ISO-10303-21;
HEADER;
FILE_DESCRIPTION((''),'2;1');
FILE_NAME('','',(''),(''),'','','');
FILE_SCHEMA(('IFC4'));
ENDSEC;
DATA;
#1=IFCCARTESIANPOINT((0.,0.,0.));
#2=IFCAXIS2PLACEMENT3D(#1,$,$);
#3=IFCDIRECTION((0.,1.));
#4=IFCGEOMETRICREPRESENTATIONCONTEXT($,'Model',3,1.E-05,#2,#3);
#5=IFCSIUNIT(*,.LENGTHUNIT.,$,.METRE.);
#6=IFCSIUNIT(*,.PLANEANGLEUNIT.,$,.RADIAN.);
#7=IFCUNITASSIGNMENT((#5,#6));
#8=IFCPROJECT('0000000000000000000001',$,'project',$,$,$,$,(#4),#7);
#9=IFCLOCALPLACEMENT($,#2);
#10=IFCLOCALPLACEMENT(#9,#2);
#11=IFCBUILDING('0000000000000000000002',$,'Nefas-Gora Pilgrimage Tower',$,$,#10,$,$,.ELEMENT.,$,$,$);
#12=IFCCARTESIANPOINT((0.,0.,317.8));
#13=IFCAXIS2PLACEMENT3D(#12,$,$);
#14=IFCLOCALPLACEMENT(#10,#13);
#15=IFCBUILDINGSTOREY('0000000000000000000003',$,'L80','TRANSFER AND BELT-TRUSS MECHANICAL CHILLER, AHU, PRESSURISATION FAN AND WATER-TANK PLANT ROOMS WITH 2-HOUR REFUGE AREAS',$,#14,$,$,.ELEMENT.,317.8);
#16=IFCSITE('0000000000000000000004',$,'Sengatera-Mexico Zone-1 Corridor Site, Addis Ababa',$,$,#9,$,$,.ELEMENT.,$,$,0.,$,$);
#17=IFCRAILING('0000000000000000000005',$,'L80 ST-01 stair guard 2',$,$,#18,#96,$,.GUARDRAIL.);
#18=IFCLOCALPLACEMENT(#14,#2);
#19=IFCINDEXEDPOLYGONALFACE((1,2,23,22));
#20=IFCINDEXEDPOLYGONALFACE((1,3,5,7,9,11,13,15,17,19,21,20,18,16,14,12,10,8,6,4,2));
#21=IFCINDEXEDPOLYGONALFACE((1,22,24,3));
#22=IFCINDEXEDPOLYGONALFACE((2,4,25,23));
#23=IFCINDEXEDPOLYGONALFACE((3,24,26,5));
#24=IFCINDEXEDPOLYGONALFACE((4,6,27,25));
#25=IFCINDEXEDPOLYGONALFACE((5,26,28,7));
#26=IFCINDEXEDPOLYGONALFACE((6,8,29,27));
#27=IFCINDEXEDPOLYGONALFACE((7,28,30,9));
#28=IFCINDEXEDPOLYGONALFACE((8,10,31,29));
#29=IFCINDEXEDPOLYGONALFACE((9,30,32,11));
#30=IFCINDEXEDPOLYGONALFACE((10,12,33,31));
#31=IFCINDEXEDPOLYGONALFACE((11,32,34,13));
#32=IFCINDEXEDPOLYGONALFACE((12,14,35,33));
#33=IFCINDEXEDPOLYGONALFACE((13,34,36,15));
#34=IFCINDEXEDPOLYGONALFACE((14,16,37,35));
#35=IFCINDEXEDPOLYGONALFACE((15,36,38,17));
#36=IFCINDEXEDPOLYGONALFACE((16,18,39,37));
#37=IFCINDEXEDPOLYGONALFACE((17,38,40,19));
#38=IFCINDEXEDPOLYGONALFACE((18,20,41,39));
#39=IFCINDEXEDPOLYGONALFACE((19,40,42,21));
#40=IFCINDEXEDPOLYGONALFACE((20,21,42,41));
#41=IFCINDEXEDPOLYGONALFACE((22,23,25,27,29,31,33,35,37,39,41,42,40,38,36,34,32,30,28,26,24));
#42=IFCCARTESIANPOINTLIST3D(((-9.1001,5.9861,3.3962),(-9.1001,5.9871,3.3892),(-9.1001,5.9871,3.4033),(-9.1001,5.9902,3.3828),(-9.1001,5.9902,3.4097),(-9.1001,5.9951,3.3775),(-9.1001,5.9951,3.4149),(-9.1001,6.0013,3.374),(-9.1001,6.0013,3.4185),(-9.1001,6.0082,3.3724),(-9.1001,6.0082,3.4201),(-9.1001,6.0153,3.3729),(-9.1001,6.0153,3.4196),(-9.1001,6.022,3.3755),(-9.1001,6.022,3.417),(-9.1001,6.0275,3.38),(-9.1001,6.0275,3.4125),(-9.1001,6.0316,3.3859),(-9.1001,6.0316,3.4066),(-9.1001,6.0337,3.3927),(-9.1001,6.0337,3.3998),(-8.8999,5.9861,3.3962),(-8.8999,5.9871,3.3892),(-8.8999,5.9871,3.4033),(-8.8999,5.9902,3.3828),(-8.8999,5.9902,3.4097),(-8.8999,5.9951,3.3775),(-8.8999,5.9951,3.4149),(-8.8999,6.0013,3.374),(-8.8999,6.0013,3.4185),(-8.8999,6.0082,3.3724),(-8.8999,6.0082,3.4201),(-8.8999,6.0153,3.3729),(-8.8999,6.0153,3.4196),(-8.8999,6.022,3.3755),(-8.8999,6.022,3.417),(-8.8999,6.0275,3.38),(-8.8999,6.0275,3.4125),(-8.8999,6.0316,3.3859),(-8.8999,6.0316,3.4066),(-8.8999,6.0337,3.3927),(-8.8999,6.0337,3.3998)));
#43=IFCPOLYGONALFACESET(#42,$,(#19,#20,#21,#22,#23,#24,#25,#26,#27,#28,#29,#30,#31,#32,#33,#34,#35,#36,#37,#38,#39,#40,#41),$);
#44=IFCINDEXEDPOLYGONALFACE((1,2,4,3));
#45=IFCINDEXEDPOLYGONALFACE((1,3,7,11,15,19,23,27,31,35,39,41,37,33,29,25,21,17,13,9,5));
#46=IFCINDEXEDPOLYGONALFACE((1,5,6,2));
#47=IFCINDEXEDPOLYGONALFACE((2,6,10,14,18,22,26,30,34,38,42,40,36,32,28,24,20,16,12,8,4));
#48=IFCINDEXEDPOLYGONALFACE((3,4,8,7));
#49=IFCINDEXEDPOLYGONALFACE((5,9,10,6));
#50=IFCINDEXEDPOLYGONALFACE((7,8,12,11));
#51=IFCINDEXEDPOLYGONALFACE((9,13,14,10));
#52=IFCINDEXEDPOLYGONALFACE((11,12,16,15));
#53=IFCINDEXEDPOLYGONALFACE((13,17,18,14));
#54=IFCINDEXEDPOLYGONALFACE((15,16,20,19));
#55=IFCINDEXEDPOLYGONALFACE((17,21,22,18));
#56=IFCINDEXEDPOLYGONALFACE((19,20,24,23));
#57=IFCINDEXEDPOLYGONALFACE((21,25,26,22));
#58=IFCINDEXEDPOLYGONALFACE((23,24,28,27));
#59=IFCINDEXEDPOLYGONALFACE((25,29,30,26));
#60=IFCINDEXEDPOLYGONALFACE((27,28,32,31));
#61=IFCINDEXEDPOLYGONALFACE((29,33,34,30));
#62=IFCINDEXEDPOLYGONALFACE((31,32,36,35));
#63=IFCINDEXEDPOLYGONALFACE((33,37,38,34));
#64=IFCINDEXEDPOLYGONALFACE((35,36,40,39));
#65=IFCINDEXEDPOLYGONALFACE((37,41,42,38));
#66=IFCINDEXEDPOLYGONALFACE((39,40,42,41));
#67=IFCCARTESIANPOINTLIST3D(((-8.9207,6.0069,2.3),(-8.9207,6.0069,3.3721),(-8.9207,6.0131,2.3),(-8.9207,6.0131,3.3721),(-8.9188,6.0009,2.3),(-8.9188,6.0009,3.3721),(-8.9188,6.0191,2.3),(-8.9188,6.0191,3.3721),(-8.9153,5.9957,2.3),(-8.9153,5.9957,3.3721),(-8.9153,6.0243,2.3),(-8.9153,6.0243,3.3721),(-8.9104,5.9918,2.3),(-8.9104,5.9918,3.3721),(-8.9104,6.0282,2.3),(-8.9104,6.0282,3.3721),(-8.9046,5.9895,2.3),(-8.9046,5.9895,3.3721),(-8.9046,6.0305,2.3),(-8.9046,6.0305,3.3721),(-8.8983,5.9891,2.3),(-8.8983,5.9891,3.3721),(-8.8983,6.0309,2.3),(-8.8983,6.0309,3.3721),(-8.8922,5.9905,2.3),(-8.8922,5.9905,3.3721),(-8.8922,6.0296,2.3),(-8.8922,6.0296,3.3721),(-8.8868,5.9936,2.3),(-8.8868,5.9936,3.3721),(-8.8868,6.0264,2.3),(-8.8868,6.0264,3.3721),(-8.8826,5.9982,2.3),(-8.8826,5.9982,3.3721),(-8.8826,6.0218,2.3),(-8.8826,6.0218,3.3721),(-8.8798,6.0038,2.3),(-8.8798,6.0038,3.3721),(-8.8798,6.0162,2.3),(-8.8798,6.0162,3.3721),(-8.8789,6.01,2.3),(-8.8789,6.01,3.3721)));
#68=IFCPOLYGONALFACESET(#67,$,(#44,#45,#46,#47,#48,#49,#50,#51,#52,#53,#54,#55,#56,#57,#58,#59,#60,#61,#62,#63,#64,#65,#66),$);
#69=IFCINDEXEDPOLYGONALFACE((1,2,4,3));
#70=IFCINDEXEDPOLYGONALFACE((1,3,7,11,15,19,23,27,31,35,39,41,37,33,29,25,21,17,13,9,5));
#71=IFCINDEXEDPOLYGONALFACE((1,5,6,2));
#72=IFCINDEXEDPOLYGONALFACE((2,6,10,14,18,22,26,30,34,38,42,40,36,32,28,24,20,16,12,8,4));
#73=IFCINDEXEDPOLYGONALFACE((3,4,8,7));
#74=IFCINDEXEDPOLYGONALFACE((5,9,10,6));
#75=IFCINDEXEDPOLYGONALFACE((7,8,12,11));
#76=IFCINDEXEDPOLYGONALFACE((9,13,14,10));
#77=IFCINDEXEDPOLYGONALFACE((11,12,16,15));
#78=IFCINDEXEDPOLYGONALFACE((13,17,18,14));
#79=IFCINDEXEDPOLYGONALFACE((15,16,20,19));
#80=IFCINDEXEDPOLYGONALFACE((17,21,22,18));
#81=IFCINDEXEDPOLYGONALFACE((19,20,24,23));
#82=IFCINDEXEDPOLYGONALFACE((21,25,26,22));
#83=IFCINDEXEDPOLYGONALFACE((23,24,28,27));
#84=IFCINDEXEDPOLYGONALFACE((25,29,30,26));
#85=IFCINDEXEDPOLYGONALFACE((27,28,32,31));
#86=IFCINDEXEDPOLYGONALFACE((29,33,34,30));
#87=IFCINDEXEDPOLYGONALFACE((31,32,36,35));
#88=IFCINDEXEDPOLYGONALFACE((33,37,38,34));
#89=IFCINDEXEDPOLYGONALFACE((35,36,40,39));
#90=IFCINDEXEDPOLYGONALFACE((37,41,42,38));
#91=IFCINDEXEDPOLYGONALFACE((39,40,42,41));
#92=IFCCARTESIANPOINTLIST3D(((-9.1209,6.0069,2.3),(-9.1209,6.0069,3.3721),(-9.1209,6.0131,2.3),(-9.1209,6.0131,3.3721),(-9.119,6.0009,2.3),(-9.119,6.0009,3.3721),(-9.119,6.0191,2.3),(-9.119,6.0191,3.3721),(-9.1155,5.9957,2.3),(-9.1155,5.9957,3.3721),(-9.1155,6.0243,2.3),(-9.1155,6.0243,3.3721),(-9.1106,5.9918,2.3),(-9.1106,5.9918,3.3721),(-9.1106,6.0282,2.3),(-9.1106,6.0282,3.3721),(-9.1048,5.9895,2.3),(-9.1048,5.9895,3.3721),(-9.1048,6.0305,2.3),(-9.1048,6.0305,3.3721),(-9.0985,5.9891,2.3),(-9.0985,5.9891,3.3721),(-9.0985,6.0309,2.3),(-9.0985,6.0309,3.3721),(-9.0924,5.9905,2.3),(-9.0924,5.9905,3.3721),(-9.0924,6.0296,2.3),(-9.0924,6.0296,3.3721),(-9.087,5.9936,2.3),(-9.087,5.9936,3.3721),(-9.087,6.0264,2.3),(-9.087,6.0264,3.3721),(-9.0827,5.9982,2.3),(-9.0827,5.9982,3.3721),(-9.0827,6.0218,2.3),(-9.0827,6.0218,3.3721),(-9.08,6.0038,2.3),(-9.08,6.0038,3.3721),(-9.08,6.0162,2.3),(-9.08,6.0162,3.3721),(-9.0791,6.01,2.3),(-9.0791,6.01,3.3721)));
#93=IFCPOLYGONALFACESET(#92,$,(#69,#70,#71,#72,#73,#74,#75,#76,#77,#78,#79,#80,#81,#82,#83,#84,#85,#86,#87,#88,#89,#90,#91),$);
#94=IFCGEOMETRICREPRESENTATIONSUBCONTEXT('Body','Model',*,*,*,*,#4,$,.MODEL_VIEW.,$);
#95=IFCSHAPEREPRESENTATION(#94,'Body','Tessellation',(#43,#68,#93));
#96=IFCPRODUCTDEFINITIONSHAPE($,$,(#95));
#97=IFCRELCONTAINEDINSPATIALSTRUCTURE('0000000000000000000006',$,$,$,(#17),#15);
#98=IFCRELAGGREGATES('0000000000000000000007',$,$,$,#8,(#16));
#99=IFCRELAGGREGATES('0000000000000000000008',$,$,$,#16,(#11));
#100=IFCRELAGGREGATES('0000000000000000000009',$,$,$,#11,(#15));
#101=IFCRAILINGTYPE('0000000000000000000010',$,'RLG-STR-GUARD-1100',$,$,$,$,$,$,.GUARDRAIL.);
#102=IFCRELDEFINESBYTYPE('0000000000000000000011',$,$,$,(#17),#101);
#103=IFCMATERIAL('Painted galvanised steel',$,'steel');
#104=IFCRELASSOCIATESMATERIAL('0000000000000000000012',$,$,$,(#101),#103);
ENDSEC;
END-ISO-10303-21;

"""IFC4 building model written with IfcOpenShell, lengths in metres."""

from ifc_helpers import new_model, si_unit, direction, frame, origin, origin_2d, place, context, subcontext, project, spatial, circle, extrude, material, type_object, element, save


model = new_model("IFC4")

# Units and contexts
model_context = context("Model", 3, precision=1e-05, world=origin(), true_north=direction((0.0, 1.0)))
body_context = subcontext(model_context, "Body", "Model", "MODEL_VIEW")
ifc_project = project(units=[si_unit("LENGTHUNIT", "METRE"), si_unit("PLANEANGLEUNIT", "RADIAN")], contexts=[model_context])

# Site, building, storey
site_placement = place(None, origin())
site = spatial("IfcSite", under=ifc_project, at=site_placement, Name="Sengatera-Mexico Zone-1 Corridor Site, Addis Ababa", CompositionType="ELEMENT", RefElevation=0.0)
building_placement = place(site_placement, origin())
building = spatial("IfcBuilding", under=site, at=building_placement, Name="Nefas-Gora Pilgrimage Tower", CompositionType="ELEMENT")
storey_placement = place(building_placement, frame((0.0, 0.0, 317.8)))
storey = spatial("IfcBuildingStorey", under=building, at=storey_placement, Name="L80", Description="TRANSFER AND BELT-TRUSS MECHANICAL CHILLER, AHU, PRESSURISATION FAN AND WATER-TANK PLANT ROOMS WITH 2-HOUR REFUGE AREAS", CompositionType="ELEMENT", Elevation=317.8)

# Railing
ifc_material_1 = material(Name="Painted galvanised steel", Category="steel")
railing_type_1 = type_object("IfcRailingType", Name="RLG-STR-GUARD-1100", PredefinedType="GUARDRAIL", material=ifc_material_1)
railing_1_placement = place(storey_placement, frame((-8.8999, 6.01, 2.3)))
element("IfcRailing", 1, at=railing_1_placement, inside=storey, type_object=railing_type_1, Name="L80 ST-01 stair guard 2", PredefinedType="GUARDRAIL", context=body_context, shape_type="SweptSolid", body=[
    extrude(circle(Radius=0.0239, at=origin_2d()), frame((0.0, 0.0, 1.0962), z_axis=(-1.0, 0.0, 0.0), x_axis=(0.0, -1.0, 0.0)), (0.0, 0.0, 1.0), 0.2002),
    extrude(circle(Radius=0.021, at=origin_2d()), origin(), (0.0, 0.0, 1.0), 1.072),
    extrude(circle(Radius=0.021, at=origin_2d()), frame((-0.2002, 0.0, 0.0)), (0.0, 0.0, 1.0), 1.072),
])

save(model, "model.ifc")
